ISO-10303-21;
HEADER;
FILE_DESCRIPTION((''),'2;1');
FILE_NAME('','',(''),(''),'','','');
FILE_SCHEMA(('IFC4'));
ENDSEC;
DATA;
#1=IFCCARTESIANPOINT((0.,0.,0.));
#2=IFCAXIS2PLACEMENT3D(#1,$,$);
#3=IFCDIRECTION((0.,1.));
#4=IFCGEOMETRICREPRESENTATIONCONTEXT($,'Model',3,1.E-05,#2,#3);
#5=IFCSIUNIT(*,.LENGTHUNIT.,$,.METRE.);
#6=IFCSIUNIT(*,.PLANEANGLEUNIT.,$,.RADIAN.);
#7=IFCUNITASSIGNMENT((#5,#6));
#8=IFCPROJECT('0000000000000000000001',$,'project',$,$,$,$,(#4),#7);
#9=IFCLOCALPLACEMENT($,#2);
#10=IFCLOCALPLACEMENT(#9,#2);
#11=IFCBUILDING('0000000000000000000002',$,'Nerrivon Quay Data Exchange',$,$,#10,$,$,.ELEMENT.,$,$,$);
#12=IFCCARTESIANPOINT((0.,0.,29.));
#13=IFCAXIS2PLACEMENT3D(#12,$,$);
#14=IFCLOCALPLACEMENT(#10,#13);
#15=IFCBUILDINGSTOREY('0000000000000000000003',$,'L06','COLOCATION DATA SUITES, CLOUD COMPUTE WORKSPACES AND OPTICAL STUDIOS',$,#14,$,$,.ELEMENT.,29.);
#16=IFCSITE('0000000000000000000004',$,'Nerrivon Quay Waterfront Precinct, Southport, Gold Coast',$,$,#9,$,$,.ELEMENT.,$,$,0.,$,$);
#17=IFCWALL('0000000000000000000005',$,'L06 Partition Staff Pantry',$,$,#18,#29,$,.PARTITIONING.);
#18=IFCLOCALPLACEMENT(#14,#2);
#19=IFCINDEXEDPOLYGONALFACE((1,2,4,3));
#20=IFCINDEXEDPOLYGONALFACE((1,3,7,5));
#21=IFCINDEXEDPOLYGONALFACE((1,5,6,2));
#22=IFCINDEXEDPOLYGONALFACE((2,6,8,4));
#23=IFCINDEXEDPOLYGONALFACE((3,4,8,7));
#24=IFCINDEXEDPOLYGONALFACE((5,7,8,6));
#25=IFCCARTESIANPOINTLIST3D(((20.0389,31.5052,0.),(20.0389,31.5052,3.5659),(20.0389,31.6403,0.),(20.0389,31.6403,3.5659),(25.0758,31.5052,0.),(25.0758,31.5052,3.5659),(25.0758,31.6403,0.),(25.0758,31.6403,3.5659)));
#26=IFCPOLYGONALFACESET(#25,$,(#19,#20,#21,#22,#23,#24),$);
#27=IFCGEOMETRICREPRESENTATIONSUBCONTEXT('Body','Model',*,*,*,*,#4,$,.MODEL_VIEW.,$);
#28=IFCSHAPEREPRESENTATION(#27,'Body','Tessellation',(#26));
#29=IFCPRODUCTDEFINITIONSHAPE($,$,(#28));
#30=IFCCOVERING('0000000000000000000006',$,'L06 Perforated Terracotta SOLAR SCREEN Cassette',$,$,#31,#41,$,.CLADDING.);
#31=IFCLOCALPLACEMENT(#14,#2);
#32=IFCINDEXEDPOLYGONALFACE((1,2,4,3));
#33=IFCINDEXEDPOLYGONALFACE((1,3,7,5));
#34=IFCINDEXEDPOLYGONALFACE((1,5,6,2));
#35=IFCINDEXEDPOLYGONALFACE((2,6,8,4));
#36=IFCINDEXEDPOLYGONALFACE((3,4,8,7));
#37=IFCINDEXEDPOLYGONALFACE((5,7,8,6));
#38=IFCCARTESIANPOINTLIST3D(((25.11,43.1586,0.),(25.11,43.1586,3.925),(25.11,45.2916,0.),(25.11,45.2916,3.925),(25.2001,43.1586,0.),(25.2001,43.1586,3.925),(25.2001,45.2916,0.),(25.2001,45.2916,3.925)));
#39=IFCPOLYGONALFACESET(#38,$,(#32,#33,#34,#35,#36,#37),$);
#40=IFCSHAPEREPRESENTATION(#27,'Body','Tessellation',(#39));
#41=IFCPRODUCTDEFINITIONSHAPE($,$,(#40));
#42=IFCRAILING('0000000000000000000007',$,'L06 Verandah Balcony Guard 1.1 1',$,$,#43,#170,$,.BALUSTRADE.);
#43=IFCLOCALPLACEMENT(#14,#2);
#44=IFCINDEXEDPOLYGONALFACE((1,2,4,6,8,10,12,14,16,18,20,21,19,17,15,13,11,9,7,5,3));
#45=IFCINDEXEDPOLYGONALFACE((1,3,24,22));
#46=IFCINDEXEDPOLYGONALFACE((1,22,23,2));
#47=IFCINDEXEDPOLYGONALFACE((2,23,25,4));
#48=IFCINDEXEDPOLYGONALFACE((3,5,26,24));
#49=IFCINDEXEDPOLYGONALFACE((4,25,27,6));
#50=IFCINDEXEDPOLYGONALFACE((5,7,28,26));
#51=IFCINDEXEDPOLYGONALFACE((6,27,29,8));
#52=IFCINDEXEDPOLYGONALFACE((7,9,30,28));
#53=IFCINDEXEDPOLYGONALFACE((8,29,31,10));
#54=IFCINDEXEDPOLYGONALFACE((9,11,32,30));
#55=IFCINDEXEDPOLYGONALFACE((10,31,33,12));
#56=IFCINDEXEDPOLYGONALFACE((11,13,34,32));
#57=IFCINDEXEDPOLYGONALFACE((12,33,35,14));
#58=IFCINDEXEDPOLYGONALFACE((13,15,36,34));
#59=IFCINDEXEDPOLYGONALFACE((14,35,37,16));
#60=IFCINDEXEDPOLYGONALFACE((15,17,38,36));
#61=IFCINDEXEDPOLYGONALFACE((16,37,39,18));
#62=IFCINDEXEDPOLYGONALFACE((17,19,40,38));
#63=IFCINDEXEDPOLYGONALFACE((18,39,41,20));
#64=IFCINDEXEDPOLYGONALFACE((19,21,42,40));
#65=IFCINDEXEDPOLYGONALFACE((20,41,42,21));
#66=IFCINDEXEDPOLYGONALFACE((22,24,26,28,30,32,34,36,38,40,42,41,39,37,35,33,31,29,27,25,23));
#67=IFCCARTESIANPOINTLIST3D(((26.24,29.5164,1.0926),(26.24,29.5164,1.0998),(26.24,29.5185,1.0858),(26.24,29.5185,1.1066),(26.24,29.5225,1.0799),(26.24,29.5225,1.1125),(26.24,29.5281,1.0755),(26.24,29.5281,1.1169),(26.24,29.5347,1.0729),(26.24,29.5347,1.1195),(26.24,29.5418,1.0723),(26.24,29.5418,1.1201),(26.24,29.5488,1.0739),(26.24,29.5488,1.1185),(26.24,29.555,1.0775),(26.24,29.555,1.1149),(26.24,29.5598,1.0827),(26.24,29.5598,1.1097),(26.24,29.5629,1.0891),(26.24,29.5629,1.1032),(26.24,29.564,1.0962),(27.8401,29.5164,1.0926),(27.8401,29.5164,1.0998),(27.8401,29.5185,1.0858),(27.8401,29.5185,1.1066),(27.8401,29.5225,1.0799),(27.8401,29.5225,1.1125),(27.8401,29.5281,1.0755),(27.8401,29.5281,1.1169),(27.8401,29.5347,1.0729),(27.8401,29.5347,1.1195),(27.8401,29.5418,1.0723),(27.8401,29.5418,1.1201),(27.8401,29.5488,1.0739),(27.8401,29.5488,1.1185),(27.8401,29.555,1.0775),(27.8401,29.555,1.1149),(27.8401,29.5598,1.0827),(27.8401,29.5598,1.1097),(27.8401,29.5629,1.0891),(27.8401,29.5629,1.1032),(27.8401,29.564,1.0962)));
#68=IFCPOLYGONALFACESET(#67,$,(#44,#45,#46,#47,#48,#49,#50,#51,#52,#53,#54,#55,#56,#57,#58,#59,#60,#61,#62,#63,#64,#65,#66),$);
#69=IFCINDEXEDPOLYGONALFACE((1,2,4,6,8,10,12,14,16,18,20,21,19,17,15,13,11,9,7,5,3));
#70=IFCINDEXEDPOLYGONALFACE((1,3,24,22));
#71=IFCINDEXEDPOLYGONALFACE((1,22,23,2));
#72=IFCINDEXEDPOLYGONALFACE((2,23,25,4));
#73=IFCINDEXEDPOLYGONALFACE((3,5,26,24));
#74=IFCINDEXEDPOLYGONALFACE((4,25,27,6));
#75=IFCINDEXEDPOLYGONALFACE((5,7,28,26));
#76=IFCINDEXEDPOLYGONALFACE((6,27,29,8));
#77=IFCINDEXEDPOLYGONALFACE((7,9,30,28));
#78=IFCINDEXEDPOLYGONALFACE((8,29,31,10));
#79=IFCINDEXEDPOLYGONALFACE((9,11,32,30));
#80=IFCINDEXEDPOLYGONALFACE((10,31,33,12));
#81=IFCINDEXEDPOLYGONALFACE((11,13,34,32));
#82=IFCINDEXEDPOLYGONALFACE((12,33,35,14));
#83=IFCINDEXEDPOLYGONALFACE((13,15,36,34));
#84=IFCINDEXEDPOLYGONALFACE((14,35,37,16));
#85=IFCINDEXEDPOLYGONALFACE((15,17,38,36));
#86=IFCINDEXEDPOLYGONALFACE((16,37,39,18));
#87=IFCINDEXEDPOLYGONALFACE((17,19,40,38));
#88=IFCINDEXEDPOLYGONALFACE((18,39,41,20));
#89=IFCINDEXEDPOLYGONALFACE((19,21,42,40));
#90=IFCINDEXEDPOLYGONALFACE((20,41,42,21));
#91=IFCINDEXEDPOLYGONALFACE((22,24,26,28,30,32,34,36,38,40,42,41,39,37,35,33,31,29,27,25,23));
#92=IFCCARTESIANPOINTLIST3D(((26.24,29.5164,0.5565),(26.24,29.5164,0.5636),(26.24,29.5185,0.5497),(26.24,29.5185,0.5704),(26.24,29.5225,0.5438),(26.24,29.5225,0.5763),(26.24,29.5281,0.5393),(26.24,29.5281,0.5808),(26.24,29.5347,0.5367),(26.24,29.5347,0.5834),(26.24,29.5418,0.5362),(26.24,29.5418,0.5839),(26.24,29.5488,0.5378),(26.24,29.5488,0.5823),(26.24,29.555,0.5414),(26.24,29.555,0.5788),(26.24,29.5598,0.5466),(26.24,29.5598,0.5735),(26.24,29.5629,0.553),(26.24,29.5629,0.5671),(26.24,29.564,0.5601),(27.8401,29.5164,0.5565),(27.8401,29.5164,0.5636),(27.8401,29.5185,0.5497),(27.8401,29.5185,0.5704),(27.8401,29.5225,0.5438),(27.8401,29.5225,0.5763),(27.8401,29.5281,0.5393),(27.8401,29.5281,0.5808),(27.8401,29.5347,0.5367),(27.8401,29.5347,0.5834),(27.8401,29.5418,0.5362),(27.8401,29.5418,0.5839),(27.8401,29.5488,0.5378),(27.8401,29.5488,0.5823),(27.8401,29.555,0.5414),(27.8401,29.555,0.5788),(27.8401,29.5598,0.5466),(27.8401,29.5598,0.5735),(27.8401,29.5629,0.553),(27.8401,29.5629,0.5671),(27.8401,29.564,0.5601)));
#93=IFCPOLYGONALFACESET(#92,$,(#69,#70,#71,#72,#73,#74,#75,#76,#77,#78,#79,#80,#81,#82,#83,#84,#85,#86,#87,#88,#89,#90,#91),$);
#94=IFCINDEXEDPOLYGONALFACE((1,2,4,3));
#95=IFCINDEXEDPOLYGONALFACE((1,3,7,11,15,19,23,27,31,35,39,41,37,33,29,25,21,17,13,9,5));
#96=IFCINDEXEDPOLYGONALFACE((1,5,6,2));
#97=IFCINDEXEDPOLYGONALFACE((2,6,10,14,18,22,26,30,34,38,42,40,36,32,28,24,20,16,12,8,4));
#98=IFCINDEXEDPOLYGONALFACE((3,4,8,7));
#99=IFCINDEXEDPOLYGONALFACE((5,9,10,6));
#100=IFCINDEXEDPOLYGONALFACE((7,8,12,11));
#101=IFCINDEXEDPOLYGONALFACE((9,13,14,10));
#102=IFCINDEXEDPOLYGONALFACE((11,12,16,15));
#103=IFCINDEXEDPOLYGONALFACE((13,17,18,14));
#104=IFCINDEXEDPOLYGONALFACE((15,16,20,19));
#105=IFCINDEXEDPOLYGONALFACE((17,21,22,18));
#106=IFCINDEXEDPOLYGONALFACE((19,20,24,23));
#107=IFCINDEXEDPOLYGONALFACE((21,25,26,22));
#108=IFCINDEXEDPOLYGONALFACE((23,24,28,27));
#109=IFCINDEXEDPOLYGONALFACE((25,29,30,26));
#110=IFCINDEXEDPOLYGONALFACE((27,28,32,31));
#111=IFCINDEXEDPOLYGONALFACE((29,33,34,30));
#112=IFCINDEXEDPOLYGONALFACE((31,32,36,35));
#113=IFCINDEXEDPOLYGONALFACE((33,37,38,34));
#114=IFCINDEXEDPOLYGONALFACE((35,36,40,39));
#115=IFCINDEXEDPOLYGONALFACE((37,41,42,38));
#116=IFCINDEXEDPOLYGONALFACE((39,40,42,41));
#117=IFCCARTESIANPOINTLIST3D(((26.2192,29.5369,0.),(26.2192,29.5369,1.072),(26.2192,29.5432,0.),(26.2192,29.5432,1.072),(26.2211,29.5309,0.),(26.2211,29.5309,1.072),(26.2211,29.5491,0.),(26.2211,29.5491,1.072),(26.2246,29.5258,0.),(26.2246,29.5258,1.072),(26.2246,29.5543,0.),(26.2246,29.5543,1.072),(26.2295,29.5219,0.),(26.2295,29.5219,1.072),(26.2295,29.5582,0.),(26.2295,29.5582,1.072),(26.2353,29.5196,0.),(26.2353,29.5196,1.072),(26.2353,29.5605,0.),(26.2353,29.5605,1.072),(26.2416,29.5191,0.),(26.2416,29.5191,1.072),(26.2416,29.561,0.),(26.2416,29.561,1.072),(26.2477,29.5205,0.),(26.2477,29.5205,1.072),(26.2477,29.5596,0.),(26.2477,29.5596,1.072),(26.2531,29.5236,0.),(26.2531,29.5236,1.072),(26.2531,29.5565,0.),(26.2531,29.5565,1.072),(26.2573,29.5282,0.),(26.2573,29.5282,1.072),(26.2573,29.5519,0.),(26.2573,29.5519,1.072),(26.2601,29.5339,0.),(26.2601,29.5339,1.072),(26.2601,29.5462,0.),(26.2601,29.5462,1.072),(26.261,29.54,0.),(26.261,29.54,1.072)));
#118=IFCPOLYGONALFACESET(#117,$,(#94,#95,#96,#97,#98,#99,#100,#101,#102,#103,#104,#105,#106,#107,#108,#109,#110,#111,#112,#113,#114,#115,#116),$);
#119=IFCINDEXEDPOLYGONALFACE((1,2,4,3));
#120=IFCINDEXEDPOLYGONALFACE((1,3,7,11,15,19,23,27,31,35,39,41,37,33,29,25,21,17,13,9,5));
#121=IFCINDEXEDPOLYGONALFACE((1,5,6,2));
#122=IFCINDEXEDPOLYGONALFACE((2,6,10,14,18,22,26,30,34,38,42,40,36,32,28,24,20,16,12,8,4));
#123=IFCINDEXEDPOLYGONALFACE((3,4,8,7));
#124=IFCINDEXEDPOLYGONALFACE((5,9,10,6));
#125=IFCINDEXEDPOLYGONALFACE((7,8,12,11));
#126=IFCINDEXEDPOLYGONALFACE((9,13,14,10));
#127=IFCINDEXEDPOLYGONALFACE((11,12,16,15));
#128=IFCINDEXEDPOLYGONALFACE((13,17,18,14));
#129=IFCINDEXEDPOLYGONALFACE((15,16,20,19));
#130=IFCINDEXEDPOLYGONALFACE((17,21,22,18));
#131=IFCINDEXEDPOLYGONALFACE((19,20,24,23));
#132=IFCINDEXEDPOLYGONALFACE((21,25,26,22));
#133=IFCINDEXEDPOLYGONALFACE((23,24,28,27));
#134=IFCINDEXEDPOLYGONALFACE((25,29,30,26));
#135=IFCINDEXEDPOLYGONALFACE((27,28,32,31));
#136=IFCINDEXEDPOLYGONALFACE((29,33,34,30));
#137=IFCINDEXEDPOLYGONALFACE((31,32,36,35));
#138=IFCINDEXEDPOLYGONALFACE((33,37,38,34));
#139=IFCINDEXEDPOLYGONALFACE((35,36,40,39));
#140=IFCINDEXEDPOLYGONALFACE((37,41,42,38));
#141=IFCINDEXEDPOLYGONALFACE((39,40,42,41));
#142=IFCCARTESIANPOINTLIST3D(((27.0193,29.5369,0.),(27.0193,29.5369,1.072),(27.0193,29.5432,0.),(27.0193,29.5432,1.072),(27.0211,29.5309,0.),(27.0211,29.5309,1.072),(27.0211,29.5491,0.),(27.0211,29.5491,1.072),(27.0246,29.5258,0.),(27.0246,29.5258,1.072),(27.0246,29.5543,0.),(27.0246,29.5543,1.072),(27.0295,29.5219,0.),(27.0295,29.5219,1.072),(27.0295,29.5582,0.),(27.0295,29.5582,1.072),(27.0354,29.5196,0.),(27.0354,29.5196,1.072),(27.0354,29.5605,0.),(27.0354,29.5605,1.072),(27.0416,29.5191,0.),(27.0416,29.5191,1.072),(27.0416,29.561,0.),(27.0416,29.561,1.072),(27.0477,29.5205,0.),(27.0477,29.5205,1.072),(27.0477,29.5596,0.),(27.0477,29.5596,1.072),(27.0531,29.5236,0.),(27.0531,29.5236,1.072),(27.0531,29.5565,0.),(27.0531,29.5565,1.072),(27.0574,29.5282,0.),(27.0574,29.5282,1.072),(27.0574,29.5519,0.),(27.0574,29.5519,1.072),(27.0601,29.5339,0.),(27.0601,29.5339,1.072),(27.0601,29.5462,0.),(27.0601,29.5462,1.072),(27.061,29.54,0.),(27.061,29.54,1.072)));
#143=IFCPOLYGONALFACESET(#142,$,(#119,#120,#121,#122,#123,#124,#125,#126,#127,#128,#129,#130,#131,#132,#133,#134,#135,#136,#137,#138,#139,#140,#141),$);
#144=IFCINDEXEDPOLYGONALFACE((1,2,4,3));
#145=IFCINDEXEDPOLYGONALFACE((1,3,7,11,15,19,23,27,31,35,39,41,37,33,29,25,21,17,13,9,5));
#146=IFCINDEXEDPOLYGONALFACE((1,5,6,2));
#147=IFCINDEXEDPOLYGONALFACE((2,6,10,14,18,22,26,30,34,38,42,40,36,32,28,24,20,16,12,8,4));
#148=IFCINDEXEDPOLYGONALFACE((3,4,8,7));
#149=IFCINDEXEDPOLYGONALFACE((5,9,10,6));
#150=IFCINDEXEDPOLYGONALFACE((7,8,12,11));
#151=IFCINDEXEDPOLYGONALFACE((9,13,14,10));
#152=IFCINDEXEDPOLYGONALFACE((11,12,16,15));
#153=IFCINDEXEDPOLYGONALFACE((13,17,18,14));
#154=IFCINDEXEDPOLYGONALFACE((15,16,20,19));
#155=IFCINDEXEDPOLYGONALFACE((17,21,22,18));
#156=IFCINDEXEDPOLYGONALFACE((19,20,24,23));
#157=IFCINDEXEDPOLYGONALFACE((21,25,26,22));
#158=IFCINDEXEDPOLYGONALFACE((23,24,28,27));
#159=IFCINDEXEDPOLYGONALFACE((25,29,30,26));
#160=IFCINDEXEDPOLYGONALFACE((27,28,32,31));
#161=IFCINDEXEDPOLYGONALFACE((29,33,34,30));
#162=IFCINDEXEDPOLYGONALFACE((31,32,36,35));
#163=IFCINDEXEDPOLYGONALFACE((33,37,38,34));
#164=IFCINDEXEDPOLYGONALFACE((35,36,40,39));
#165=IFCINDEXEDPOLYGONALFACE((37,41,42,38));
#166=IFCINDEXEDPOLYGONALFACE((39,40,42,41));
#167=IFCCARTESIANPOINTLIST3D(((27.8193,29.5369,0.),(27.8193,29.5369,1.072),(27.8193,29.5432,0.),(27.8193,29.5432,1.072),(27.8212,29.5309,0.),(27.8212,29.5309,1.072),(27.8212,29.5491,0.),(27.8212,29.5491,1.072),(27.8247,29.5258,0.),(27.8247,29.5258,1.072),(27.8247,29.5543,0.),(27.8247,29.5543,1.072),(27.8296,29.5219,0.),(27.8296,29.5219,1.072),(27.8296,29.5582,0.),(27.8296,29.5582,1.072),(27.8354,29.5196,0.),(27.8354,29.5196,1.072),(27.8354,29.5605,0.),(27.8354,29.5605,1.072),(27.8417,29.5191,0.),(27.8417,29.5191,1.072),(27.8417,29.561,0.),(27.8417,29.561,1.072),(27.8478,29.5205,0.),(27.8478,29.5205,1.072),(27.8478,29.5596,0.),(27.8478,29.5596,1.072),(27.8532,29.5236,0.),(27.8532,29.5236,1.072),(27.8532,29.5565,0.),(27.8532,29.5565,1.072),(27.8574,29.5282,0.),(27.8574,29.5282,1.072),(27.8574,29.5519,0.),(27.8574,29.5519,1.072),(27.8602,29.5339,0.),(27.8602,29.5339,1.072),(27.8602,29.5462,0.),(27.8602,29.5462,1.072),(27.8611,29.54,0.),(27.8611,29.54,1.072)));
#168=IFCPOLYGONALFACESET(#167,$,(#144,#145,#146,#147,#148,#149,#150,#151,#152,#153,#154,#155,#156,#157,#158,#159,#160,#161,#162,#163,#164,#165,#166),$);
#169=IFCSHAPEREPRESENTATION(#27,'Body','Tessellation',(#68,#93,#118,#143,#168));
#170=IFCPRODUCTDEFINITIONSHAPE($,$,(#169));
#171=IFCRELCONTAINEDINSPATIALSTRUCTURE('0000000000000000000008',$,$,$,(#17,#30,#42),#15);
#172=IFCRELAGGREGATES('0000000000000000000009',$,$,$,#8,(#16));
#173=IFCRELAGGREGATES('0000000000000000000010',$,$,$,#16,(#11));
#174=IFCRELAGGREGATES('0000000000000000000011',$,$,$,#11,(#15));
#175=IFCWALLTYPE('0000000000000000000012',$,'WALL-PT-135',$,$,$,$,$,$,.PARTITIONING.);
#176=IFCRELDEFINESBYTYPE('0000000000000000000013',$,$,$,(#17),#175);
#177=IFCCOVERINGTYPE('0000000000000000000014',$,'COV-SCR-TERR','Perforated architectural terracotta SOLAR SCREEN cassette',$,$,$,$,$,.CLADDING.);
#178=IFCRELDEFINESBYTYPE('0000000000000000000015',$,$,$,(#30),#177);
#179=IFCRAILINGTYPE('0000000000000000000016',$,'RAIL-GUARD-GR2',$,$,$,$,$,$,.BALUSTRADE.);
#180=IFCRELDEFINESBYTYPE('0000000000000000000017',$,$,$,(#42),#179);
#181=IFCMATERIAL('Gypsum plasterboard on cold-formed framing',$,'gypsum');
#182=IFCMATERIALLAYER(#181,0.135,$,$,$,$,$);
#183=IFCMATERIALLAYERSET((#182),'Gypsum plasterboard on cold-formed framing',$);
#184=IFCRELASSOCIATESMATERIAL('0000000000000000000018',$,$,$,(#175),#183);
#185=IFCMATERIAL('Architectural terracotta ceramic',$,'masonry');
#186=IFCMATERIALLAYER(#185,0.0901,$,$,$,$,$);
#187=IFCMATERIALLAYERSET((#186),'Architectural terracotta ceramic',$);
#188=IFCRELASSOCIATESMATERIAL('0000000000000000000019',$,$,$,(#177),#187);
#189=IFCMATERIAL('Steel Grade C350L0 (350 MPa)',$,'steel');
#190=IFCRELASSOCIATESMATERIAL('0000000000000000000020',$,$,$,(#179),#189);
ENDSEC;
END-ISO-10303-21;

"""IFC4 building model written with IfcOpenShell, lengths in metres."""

from ifc_helpers import new_model, si_unit, direction, frame, frame_2d, origin, origin_2d, place, context, subcontext, project, spatial, rectangle, circle, extrude, material, layer, layer_set, type_object, element, save


model = new_model("IFC4")

# Units and contexts
model_context = context("Model", 3, precision=1e-05, world=origin(), true_north=direction((0.0, 1.0)))
body_context = subcontext(model_context, "Body", "Model", "MODEL_VIEW")
ifc_project = project(units=[si_unit("LENGTHUNIT", "METRE"), si_unit("PLANEANGLEUNIT", "RADIAN")], contexts=[model_context])

# Site, building, storey
site_placement = place(None, origin())
site = spatial("IfcSite", under=ifc_project, at=site_placement, Name="Nerrivon Quay Waterfront Precinct, Southport, Gold Coast", CompositionType="ELEMENT", RefElevation=0.0)
building_placement = place(site_placement, origin())
building = spatial("IfcBuilding", under=site, at=building_placement, Name="Nerrivon Quay Data Exchange", CompositionType="ELEMENT")
storey_placement = place(building_placement, frame((0.0, 0.0, 29.0)))
storey = spatial("IfcBuildingStorey", under=building, at=storey_placement, Name="L06", Description="COLOCATION DATA SUITES, CLOUD COMPUTE WORKSPACES AND OPTICAL STUDIOS", CompositionType="ELEMENT", Elevation=29.0)

# Wall
ifc_material_1 = material(Name="Gypsum plasterboard on cold-formed framing", Category="gypsum")
ifc_layer_1 = layer(ifc_material_1, 0.135)
ifc_layer_set_1 = layer_set([ifc_layer_1], Name="Gypsum plasterboard on cold-formed framing")
wall_type_1 = type_object("IfcWallType", Name="WALL-PT-135", PredefinedType="PARTITIONING", material=ifc_layer_set_1)
wall_1_placement = place(storey_placement, frame((25.0759, 31.5728, 0.0), z_axis=(0.0, 0.0, 1.0), x_axis=(-1.0, 0.0, 0.0)))
element("IfcWall", 1, at=wall_1_placement, inside=storey, type_object=wall_type_1, Name="L06 Partition Staff Pantry", PredefinedType="PARTITIONING", context=body_context, shape_type="SweptSolid", body=[
    extrude(rectangle(XDim=5.0369, YDim=0.135, at=frame_2d((2.5186, 0.0))), origin(), (0.0, 0.0, 1.0), 3.5659),
])

# Covering
ifc_material_2 = material(Name="Architectural terracotta ceramic", Category="masonry")
ifc_layer_2 = layer(ifc_material_2, 0.0901)
ifc_layer_set_2 = layer_set([ifc_layer_2], Name="Architectural terracotta ceramic")
covering_type = type_object("IfcCoveringType", Name="COV-SCR-TERR", Description="Perforated architectural terracotta SOLAR SCREEN cassette", PredefinedType="CLADDING", material=ifc_layer_set_2)
covering_placement = place(storey_placement, frame((25.155, 44.2251, 0.0), z_axis=(0.0, 0.0, 1.0), x_axis=(0.0, -1.0, 0.0)))
element("IfcCovering", 2, at=covering_placement, inside=storey, type_object=covering_type, Name="L06 Perforated Terracotta SOLAR SCREEN Cassette", PredefinedType="CLADDING", context=body_context, shape_type="SweptSolid", body=[
    extrude(rectangle(XDim=2.1331, YDim=0.0901, at=origin_2d()), origin(), (0.0, 0.0, 1.0), 3.925),
])

# Railing
ifc_material_3 = material(Name="Steel Grade C350L0 (350 MPa)", Category="steel")
railing_type = type_object("IfcRailingType", Name="RAIL-GUARD-GR2", PredefinedType="BALUSTRADE", material=ifc_material_3)
railing_1_placement = place(storey_placement, frame((26.24, 29.54, 0.0)))
element("IfcRailing", 3, at=railing_1_placement, inside=storey, type_object=railing_type, Name="L06 Verandah Balcony Guard 1.1 1", PredefinedType="BALUSTRADE", context=body_context, shape_type="SweptSolid", body=[
    extrude(circle(Radius=0.0239, at=origin_2d()), frame((0.0, 0.0, 1.0962), z_axis=(1.0, 0.0, 0.0), x_axis=(0.0, 1.0, 0.0)), (0.0, 0.0, 1.0), 1.6001),
    extrude(circle(Radius=0.0239, at=origin_2d()), frame((0.0, 0.0, 0.5601), z_axis=(1.0, 0.0, 0.0), x_axis=(0.0, 1.0, 0.0)), (0.0, 0.0, 1.0), 1.6001),
    extrude(circle(Radius=0.021, at=origin_2d()), origin(), (0.0, 0.0, 1.0), 1.072),
    extrude(circle(Radius=0.021, at=origin_2d()), frame((0.8, 0.0, 0.0)), (0.0, 0.0, 1.0), 1.072),
    extrude(circle(Radius=0.021, at=origin_2d()), frame((1.6001, 0.0, 0.0)), (0.0, 0.0, 1.0), 1.072),
])

save(model, "model.ifc")
